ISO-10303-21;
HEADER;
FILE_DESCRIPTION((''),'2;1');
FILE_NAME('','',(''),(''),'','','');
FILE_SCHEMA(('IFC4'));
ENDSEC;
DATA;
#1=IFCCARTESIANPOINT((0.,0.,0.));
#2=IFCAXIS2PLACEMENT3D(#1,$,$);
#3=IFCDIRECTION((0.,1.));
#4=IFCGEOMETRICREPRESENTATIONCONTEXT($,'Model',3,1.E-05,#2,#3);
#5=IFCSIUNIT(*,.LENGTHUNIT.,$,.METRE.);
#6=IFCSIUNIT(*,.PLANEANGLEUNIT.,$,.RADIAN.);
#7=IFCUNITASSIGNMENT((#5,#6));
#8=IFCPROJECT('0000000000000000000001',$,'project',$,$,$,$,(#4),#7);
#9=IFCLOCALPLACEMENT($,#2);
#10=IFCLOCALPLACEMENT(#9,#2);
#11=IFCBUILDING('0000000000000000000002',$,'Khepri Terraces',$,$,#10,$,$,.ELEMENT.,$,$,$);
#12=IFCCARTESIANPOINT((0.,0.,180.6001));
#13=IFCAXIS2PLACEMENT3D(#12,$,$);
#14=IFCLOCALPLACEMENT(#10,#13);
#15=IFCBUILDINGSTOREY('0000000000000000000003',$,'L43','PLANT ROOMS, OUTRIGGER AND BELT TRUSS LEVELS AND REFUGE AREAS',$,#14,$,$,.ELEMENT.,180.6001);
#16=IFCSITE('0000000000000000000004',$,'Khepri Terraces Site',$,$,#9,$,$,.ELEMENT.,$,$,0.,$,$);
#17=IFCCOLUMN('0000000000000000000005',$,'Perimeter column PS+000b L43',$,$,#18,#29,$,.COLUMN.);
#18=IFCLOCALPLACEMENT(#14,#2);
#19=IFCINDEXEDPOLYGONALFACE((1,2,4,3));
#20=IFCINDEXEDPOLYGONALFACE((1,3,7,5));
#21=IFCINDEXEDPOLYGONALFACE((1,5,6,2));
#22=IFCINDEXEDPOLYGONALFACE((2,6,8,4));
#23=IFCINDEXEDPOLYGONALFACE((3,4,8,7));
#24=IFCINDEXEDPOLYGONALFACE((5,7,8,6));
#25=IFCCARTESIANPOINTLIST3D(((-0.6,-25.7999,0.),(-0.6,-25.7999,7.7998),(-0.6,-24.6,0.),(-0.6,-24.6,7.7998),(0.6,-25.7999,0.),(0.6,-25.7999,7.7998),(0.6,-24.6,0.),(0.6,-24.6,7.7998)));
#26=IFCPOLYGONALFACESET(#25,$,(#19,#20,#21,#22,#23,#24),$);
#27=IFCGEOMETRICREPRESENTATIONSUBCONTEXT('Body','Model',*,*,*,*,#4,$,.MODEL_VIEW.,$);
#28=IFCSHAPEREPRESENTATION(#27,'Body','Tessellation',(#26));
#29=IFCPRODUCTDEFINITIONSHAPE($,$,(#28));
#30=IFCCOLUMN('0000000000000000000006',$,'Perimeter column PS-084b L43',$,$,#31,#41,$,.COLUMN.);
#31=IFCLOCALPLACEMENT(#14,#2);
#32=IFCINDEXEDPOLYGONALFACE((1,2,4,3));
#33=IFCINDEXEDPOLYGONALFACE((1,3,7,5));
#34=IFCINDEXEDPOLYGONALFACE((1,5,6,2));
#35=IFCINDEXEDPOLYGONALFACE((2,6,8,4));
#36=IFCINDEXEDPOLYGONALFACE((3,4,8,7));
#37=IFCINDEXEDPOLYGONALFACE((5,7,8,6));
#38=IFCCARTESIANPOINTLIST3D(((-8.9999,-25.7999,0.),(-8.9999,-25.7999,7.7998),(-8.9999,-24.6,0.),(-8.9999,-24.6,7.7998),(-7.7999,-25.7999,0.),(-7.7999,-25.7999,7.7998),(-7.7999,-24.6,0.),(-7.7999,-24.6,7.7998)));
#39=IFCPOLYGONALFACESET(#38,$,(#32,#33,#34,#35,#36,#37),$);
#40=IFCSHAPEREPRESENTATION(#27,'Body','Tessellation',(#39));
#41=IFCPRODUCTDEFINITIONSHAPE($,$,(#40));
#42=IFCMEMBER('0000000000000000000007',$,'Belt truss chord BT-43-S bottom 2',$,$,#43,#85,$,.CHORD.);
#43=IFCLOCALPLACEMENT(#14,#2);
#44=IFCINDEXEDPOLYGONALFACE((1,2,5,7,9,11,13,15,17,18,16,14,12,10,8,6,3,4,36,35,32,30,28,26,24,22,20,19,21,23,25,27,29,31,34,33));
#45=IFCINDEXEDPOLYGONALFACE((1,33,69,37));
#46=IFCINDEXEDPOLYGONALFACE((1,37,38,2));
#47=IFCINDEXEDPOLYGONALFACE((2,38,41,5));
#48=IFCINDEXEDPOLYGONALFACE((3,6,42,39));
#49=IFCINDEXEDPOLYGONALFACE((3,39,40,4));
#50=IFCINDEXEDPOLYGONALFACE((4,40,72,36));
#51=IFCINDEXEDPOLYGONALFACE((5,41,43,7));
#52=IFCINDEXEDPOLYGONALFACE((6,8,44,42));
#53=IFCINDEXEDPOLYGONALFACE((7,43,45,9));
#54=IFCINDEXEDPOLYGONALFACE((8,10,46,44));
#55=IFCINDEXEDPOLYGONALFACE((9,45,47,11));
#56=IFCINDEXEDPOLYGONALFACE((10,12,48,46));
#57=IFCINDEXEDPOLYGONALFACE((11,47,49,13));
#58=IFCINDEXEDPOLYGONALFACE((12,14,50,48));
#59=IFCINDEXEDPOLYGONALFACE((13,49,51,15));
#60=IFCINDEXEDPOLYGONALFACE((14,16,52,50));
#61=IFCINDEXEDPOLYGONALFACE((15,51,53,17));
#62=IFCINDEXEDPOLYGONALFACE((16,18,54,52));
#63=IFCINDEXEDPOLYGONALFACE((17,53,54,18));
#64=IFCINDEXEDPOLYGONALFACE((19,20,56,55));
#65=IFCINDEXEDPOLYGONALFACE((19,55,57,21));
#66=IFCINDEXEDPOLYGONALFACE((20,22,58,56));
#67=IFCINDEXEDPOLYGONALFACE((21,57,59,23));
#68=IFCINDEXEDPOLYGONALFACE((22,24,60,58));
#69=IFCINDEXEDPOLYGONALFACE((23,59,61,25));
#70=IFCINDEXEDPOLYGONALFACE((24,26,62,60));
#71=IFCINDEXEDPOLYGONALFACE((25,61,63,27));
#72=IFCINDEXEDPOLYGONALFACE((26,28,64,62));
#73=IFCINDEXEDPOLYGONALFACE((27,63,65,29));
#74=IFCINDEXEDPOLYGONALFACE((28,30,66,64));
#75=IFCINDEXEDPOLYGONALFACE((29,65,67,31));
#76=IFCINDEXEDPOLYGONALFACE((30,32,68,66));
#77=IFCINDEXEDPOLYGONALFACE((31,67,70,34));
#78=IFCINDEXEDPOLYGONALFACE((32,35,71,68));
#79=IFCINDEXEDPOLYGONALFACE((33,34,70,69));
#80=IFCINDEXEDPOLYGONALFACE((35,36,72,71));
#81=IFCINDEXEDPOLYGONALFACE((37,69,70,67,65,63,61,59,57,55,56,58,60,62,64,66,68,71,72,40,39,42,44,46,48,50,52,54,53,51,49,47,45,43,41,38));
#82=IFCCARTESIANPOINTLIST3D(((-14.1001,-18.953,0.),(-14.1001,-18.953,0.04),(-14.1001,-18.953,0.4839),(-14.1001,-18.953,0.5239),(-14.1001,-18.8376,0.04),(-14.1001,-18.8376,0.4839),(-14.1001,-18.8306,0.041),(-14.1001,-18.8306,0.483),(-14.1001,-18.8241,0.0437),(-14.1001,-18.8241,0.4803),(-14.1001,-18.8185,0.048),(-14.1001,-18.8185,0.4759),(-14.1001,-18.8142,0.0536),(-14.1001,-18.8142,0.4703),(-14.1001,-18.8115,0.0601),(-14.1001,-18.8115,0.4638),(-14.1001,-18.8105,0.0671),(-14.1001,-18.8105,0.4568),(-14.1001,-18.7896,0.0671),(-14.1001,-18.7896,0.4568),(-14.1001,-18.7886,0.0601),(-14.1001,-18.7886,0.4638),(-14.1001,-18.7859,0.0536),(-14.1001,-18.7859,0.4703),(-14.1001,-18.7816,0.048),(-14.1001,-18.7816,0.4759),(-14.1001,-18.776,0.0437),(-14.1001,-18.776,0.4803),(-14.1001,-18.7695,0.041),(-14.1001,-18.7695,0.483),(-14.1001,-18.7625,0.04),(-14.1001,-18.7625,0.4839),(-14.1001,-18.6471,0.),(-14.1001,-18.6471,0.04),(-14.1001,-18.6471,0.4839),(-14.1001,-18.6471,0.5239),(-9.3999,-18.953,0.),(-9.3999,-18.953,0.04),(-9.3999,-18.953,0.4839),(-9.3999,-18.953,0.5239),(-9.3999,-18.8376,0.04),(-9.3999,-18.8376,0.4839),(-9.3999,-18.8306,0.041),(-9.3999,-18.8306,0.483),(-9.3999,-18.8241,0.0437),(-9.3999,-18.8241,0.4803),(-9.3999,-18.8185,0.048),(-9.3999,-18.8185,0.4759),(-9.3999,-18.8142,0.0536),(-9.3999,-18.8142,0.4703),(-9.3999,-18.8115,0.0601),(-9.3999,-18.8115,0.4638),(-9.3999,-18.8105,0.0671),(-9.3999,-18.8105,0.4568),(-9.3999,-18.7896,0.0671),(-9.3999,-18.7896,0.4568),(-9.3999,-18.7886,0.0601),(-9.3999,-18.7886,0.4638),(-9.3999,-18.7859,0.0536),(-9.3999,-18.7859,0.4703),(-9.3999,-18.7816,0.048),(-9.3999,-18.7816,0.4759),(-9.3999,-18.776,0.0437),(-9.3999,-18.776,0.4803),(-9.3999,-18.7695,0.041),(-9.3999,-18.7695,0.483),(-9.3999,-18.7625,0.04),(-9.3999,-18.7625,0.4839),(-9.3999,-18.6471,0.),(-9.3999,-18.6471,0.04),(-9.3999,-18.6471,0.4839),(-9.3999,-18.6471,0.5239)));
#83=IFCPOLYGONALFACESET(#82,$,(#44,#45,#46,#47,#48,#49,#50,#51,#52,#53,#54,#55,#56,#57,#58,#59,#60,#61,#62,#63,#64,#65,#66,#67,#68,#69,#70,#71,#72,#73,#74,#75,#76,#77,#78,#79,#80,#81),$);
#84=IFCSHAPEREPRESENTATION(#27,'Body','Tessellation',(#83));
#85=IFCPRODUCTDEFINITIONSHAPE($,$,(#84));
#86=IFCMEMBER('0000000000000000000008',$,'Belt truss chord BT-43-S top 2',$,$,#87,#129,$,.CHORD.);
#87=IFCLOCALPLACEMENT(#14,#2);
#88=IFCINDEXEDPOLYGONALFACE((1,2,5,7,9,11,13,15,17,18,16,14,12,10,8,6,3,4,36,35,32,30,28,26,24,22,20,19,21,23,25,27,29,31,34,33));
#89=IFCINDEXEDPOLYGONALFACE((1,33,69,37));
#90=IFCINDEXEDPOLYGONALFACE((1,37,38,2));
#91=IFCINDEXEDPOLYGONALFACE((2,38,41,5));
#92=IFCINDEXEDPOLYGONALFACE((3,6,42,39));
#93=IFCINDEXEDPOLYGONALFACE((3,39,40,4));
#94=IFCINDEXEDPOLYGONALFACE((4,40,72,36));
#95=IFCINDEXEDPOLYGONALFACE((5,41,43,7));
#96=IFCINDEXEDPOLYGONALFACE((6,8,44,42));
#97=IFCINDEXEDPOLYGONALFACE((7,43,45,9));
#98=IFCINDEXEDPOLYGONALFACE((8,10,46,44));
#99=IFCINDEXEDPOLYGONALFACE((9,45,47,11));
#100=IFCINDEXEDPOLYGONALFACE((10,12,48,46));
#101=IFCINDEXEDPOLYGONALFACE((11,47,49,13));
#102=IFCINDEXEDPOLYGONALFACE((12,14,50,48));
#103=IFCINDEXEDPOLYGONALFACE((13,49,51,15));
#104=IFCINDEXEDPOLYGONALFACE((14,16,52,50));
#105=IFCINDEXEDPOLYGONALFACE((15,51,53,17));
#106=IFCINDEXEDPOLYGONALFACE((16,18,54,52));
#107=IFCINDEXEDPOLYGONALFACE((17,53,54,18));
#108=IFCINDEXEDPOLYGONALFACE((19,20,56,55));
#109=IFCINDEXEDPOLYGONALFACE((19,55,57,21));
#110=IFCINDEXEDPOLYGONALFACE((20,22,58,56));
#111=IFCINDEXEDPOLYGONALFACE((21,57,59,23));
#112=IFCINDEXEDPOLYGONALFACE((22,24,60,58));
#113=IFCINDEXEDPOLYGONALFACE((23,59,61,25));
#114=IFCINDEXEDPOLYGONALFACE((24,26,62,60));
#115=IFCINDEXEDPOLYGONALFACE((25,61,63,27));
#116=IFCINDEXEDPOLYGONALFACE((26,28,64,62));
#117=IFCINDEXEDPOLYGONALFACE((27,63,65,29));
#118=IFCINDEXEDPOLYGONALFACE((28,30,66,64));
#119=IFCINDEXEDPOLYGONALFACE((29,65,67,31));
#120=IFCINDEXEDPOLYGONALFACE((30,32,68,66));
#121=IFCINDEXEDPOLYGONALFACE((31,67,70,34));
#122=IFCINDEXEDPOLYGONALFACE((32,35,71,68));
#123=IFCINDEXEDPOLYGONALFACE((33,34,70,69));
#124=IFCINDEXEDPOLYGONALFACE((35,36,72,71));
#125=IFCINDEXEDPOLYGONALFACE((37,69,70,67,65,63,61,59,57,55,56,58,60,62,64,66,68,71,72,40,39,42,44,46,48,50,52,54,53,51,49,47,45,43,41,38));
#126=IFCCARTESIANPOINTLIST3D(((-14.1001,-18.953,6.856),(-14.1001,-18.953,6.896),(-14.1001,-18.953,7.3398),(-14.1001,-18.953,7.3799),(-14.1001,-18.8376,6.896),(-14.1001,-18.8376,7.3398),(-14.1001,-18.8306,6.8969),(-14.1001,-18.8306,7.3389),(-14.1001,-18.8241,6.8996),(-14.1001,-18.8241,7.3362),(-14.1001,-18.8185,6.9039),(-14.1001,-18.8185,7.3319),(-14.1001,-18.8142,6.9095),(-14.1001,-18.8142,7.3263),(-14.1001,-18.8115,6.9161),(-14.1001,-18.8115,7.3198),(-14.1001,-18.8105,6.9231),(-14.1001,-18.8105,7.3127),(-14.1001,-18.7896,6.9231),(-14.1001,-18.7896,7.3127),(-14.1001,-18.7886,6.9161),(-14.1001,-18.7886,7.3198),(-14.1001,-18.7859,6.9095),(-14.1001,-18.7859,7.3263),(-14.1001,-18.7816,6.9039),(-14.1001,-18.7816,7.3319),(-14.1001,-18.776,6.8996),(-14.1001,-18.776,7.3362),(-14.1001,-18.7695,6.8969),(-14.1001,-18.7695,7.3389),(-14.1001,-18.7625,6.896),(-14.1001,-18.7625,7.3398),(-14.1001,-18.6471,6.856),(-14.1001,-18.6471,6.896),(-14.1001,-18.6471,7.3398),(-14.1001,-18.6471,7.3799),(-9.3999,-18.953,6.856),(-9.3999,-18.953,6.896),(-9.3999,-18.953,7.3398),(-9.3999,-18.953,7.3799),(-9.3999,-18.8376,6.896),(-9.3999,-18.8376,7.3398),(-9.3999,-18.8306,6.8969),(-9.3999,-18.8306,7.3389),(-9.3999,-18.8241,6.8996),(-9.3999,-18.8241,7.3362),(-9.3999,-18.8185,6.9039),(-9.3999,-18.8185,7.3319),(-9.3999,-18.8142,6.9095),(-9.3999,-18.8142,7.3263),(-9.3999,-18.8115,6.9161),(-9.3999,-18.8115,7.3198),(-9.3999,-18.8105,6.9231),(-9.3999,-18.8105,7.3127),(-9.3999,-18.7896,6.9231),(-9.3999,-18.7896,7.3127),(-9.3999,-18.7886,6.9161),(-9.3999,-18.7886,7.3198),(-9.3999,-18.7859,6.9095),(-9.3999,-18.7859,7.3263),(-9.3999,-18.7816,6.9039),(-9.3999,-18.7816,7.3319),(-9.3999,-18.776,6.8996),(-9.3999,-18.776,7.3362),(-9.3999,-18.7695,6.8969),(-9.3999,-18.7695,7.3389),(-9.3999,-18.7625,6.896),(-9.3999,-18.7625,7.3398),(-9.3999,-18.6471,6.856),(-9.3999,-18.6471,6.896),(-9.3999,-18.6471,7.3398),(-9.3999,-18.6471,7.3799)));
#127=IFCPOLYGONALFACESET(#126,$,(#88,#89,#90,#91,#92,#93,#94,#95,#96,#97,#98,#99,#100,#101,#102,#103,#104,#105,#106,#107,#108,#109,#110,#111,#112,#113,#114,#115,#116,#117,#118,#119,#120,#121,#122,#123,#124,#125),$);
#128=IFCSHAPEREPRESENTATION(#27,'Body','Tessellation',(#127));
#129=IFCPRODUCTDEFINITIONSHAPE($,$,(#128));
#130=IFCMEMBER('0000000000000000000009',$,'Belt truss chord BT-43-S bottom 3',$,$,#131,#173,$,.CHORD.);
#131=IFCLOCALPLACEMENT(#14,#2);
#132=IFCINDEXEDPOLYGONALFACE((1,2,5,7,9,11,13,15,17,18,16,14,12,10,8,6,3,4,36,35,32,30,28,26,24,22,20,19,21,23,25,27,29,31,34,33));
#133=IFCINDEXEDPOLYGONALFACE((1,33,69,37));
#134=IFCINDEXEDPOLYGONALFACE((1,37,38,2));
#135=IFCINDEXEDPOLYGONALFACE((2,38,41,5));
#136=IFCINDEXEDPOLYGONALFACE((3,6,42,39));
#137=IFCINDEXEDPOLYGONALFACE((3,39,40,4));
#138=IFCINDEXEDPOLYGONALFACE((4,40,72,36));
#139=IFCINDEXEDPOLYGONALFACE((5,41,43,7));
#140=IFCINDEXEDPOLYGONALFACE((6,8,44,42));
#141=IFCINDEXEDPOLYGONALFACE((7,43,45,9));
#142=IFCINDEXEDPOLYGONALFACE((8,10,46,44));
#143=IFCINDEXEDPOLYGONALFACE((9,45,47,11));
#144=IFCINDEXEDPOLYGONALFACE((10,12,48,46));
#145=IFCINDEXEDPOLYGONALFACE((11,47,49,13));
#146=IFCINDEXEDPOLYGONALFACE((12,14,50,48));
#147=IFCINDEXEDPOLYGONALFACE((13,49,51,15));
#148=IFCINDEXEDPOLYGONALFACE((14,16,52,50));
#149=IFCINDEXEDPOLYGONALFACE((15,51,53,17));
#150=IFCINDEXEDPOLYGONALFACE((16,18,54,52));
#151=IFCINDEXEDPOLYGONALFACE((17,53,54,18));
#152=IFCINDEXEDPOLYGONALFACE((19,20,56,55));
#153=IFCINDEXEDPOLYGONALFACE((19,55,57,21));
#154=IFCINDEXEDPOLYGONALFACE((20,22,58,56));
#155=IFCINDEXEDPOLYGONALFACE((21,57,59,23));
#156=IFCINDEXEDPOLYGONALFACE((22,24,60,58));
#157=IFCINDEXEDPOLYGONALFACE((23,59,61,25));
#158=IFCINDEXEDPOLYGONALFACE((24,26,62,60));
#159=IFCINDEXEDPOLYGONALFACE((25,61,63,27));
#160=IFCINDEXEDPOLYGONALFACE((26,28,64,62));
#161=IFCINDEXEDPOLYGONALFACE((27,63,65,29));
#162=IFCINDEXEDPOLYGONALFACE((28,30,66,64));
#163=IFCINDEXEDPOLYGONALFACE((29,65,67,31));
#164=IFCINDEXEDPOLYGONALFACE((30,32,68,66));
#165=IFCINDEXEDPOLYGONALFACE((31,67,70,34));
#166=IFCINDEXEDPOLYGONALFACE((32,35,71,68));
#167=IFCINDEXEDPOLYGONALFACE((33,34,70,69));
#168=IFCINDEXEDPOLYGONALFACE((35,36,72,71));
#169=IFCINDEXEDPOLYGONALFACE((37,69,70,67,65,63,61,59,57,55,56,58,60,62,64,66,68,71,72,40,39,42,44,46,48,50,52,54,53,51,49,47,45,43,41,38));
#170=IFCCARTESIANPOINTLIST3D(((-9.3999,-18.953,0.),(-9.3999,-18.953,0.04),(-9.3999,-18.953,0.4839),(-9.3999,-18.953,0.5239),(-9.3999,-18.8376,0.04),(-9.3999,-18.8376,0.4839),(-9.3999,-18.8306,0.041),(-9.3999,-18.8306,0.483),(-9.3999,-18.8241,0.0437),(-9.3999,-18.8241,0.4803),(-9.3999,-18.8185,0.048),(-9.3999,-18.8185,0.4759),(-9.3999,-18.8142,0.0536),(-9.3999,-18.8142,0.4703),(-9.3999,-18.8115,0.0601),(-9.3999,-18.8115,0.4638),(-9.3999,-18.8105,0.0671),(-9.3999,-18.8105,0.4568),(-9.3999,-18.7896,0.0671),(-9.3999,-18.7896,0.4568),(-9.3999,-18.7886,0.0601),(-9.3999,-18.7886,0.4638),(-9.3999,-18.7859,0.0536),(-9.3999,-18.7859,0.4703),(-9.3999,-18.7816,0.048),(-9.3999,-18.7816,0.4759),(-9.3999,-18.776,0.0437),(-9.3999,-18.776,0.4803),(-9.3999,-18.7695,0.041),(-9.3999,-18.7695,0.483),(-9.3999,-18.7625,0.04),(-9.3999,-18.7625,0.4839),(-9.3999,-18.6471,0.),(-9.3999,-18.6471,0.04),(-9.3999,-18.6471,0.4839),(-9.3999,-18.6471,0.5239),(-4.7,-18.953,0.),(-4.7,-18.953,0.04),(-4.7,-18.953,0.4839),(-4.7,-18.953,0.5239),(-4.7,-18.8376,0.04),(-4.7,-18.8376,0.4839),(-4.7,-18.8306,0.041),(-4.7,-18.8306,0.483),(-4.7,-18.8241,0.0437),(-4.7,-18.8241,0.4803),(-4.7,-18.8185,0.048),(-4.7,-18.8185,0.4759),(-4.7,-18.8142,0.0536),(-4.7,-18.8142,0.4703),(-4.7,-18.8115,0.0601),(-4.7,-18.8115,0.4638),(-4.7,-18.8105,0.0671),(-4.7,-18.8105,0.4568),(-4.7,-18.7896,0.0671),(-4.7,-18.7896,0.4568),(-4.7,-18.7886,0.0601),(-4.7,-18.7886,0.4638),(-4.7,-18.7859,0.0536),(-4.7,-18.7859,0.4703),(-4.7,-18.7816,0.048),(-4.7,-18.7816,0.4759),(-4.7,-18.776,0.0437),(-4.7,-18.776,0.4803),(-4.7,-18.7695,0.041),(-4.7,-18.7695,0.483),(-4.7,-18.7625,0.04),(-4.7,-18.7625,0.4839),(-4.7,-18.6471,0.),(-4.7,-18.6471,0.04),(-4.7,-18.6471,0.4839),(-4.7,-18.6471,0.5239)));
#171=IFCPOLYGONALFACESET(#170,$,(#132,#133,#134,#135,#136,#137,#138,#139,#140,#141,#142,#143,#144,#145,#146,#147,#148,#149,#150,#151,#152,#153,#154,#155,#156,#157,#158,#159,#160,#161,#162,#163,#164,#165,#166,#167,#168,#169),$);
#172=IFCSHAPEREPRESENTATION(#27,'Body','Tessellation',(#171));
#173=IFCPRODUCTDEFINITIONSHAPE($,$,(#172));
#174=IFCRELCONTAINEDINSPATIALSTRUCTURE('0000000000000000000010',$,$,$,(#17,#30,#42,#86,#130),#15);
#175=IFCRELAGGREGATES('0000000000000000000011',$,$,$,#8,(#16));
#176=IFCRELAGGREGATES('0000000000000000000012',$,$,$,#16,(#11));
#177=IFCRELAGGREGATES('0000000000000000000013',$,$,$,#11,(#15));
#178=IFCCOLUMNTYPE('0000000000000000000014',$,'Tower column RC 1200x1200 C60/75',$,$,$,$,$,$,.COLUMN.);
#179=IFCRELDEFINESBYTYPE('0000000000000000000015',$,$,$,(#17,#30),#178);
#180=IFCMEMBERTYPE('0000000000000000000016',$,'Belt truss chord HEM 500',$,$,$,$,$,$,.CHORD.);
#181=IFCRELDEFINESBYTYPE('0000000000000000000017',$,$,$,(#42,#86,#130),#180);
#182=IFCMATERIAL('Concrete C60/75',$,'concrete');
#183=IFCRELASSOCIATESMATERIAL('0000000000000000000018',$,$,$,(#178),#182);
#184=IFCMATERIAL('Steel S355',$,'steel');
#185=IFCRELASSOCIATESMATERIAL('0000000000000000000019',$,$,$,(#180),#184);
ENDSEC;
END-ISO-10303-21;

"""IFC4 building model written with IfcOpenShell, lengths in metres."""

from ifc_helpers import new_model, si_unit, direction, frame, origin, origin_2d, place, context, subcontext, project, spatial, rectangle, i_section, extrude, material, material_profile, profile_set, type_object, element, save


model = new_model("IFC4")

# Units and contexts
model_context = context("Model", 3, precision=1e-05, world=origin(), true_north=direction((0.0, 1.0)))
body_context = subcontext(model_context, "Body", "Model", "MODEL_VIEW")
ifc_project = project(units=[si_unit("LENGTHUNIT", "METRE"), si_unit("PLANEANGLEUNIT", "RADIAN")], contexts=[model_context])

# Site, building, storey
site_placement = place(None, origin())
site = spatial("IfcSite", under=ifc_project, at=site_placement, Name="Khepri Terraces Site", CompositionType="ELEMENT", RefElevation=0.0)
building_placement = place(site_placement, origin())
building = spatial("IfcBuilding", under=site, at=building_placement, Name="Khepri Terraces", CompositionType="ELEMENT")
storey_placement = place(building_placement, frame((0.0, 0.0, 180.6001)))
storey = spatial("IfcBuildingStorey", under=building, at=storey_placement, Name="L43", Description="PLANT ROOMS, OUTRIGGER AND BELT TRUSS LEVELS AND REFUGE AREAS", CompositionType="ELEMENT", Elevation=180.6001)

# Columns
ifc_material_1 = material(Name="Concrete C60/75", Category="concrete")
ifc_material_profile_1 = material_profile(ifc_material_1, rectangle(XDim=1.2, YDim=1.2, at=origin_2d()), Name="Concrete C60/75", Category="concrete")
ifc_profile_set_1 = profile_set([ifc_material_profile_1], Name="Concrete C60/75")
column_type = type_object("IfcColumnType", Name="Tower column RC 1200x1200 C60/75", PredefinedType="COLUMN", material=ifc_profile_set_1)
for number, where, z_axis, x_axis, name in (
    (1, (0.0, -25.2, 0.0), (0.0, 0.0, 1.0), (1.0, 0.0, 0.0), "Perimeter column PS+000b L43"),
    (2, (-8.3999, -25.2, 0.0), (0.0, 0.0, 1.0), (1.0, 0.0, 0.0), "Perimeter column PS-084b L43"),
):
    element("IfcColumn", number, at=place(storey_placement, frame(where, z_axis=z_axis, x_axis=x_axis)), inside=storey, type_object=column_type, Name=name, PredefinedType="COLUMN", context=body_context, shape_type="SweptSolid", body=[
        extrude(rectangle(XDim=1.2, YDim=1.2, at=origin_2d()), origin(), (0.0, 0.0, 1.0), 7.7998),
    ])

# Members
ifc_material_2 = material(Name="Steel S355", Category="steel")
ifc_material_profile_2 = material_profile(ifc_material_2, i_section(OverallWidth=0.3059, OverallDepth=0.5239, WebThickness=0.021, FlangeThickness=0.04, FilletRadius=0.0271, at=origin_2d()), Name="Steel S355", Category="steel")
ifc_profile_set_2 = profile_set([ifc_material_profile_2], Name="Steel S355")
member_type_1 = type_object("IfcMemberType", Name="Belt truss chord HEM 500", PredefinedType="CHORD", material=ifc_profile_set_2)
for number, where, z_axis, x_axis, name in (
    (3, (-14.1001, -18.8, 0.262), (1.0, 0.0, 0.0), (0.0, 1.0, 0.0), "Belt truss chord BT-43-S bottom 2"),
    (4, (-14.1001, -18.8, 7.1179), (1.0, 0.0, 0.0), (0.0, 1.0, 0.0), "Belt truss chord BT-43-S top 2"),
):
    element("IfcMember", number, at=place(storey_placement, frame(where, z_axis=z_axis, x_axis=x_axis)), inside=storey, type_object=member_type_1, Name=name, PredefinedType="CHORD", context=body_context, shape_type="SweptSolid", body=[
        extrude(i_section(OverallWidth=0.3059, OverallDepth=0.5239, WebThickness=0.021, FlangeThickness=0.04, FilletRadius=0.0271, at=origin_2d()), origin(), (0.0, 0.0, 1.0), 4.7002),
    ])
for number, where, z_axis, x_axis, name in (
    (5, (-9.3999, -18.8, 0.262), (1.0, 0.0, 0.0), (0.0, 1.0, 0.0), "Belt truss chord BT-43-S bottom 3"),
):
    element("IfcMember", number, at=place(storey_placement, frame(where, z_axis=z_axis, x_axis=x_axis)), inside=storey, type_object=member_type_1, Name=name, PredefinedType="CHORD", context=body_context, shape_type="SweptSolid", body=[
        extrude(i_section(OverallWidth=0.3059, OverallDepth=0.5239, WebThickness=0.021, FlangeThickness=0.04, FilletRadius=0.0271, at=origin_2d()), origin(), (0.0, 0.0, 1.0), 4.7),
    ])

save(model, "model.ifc")
